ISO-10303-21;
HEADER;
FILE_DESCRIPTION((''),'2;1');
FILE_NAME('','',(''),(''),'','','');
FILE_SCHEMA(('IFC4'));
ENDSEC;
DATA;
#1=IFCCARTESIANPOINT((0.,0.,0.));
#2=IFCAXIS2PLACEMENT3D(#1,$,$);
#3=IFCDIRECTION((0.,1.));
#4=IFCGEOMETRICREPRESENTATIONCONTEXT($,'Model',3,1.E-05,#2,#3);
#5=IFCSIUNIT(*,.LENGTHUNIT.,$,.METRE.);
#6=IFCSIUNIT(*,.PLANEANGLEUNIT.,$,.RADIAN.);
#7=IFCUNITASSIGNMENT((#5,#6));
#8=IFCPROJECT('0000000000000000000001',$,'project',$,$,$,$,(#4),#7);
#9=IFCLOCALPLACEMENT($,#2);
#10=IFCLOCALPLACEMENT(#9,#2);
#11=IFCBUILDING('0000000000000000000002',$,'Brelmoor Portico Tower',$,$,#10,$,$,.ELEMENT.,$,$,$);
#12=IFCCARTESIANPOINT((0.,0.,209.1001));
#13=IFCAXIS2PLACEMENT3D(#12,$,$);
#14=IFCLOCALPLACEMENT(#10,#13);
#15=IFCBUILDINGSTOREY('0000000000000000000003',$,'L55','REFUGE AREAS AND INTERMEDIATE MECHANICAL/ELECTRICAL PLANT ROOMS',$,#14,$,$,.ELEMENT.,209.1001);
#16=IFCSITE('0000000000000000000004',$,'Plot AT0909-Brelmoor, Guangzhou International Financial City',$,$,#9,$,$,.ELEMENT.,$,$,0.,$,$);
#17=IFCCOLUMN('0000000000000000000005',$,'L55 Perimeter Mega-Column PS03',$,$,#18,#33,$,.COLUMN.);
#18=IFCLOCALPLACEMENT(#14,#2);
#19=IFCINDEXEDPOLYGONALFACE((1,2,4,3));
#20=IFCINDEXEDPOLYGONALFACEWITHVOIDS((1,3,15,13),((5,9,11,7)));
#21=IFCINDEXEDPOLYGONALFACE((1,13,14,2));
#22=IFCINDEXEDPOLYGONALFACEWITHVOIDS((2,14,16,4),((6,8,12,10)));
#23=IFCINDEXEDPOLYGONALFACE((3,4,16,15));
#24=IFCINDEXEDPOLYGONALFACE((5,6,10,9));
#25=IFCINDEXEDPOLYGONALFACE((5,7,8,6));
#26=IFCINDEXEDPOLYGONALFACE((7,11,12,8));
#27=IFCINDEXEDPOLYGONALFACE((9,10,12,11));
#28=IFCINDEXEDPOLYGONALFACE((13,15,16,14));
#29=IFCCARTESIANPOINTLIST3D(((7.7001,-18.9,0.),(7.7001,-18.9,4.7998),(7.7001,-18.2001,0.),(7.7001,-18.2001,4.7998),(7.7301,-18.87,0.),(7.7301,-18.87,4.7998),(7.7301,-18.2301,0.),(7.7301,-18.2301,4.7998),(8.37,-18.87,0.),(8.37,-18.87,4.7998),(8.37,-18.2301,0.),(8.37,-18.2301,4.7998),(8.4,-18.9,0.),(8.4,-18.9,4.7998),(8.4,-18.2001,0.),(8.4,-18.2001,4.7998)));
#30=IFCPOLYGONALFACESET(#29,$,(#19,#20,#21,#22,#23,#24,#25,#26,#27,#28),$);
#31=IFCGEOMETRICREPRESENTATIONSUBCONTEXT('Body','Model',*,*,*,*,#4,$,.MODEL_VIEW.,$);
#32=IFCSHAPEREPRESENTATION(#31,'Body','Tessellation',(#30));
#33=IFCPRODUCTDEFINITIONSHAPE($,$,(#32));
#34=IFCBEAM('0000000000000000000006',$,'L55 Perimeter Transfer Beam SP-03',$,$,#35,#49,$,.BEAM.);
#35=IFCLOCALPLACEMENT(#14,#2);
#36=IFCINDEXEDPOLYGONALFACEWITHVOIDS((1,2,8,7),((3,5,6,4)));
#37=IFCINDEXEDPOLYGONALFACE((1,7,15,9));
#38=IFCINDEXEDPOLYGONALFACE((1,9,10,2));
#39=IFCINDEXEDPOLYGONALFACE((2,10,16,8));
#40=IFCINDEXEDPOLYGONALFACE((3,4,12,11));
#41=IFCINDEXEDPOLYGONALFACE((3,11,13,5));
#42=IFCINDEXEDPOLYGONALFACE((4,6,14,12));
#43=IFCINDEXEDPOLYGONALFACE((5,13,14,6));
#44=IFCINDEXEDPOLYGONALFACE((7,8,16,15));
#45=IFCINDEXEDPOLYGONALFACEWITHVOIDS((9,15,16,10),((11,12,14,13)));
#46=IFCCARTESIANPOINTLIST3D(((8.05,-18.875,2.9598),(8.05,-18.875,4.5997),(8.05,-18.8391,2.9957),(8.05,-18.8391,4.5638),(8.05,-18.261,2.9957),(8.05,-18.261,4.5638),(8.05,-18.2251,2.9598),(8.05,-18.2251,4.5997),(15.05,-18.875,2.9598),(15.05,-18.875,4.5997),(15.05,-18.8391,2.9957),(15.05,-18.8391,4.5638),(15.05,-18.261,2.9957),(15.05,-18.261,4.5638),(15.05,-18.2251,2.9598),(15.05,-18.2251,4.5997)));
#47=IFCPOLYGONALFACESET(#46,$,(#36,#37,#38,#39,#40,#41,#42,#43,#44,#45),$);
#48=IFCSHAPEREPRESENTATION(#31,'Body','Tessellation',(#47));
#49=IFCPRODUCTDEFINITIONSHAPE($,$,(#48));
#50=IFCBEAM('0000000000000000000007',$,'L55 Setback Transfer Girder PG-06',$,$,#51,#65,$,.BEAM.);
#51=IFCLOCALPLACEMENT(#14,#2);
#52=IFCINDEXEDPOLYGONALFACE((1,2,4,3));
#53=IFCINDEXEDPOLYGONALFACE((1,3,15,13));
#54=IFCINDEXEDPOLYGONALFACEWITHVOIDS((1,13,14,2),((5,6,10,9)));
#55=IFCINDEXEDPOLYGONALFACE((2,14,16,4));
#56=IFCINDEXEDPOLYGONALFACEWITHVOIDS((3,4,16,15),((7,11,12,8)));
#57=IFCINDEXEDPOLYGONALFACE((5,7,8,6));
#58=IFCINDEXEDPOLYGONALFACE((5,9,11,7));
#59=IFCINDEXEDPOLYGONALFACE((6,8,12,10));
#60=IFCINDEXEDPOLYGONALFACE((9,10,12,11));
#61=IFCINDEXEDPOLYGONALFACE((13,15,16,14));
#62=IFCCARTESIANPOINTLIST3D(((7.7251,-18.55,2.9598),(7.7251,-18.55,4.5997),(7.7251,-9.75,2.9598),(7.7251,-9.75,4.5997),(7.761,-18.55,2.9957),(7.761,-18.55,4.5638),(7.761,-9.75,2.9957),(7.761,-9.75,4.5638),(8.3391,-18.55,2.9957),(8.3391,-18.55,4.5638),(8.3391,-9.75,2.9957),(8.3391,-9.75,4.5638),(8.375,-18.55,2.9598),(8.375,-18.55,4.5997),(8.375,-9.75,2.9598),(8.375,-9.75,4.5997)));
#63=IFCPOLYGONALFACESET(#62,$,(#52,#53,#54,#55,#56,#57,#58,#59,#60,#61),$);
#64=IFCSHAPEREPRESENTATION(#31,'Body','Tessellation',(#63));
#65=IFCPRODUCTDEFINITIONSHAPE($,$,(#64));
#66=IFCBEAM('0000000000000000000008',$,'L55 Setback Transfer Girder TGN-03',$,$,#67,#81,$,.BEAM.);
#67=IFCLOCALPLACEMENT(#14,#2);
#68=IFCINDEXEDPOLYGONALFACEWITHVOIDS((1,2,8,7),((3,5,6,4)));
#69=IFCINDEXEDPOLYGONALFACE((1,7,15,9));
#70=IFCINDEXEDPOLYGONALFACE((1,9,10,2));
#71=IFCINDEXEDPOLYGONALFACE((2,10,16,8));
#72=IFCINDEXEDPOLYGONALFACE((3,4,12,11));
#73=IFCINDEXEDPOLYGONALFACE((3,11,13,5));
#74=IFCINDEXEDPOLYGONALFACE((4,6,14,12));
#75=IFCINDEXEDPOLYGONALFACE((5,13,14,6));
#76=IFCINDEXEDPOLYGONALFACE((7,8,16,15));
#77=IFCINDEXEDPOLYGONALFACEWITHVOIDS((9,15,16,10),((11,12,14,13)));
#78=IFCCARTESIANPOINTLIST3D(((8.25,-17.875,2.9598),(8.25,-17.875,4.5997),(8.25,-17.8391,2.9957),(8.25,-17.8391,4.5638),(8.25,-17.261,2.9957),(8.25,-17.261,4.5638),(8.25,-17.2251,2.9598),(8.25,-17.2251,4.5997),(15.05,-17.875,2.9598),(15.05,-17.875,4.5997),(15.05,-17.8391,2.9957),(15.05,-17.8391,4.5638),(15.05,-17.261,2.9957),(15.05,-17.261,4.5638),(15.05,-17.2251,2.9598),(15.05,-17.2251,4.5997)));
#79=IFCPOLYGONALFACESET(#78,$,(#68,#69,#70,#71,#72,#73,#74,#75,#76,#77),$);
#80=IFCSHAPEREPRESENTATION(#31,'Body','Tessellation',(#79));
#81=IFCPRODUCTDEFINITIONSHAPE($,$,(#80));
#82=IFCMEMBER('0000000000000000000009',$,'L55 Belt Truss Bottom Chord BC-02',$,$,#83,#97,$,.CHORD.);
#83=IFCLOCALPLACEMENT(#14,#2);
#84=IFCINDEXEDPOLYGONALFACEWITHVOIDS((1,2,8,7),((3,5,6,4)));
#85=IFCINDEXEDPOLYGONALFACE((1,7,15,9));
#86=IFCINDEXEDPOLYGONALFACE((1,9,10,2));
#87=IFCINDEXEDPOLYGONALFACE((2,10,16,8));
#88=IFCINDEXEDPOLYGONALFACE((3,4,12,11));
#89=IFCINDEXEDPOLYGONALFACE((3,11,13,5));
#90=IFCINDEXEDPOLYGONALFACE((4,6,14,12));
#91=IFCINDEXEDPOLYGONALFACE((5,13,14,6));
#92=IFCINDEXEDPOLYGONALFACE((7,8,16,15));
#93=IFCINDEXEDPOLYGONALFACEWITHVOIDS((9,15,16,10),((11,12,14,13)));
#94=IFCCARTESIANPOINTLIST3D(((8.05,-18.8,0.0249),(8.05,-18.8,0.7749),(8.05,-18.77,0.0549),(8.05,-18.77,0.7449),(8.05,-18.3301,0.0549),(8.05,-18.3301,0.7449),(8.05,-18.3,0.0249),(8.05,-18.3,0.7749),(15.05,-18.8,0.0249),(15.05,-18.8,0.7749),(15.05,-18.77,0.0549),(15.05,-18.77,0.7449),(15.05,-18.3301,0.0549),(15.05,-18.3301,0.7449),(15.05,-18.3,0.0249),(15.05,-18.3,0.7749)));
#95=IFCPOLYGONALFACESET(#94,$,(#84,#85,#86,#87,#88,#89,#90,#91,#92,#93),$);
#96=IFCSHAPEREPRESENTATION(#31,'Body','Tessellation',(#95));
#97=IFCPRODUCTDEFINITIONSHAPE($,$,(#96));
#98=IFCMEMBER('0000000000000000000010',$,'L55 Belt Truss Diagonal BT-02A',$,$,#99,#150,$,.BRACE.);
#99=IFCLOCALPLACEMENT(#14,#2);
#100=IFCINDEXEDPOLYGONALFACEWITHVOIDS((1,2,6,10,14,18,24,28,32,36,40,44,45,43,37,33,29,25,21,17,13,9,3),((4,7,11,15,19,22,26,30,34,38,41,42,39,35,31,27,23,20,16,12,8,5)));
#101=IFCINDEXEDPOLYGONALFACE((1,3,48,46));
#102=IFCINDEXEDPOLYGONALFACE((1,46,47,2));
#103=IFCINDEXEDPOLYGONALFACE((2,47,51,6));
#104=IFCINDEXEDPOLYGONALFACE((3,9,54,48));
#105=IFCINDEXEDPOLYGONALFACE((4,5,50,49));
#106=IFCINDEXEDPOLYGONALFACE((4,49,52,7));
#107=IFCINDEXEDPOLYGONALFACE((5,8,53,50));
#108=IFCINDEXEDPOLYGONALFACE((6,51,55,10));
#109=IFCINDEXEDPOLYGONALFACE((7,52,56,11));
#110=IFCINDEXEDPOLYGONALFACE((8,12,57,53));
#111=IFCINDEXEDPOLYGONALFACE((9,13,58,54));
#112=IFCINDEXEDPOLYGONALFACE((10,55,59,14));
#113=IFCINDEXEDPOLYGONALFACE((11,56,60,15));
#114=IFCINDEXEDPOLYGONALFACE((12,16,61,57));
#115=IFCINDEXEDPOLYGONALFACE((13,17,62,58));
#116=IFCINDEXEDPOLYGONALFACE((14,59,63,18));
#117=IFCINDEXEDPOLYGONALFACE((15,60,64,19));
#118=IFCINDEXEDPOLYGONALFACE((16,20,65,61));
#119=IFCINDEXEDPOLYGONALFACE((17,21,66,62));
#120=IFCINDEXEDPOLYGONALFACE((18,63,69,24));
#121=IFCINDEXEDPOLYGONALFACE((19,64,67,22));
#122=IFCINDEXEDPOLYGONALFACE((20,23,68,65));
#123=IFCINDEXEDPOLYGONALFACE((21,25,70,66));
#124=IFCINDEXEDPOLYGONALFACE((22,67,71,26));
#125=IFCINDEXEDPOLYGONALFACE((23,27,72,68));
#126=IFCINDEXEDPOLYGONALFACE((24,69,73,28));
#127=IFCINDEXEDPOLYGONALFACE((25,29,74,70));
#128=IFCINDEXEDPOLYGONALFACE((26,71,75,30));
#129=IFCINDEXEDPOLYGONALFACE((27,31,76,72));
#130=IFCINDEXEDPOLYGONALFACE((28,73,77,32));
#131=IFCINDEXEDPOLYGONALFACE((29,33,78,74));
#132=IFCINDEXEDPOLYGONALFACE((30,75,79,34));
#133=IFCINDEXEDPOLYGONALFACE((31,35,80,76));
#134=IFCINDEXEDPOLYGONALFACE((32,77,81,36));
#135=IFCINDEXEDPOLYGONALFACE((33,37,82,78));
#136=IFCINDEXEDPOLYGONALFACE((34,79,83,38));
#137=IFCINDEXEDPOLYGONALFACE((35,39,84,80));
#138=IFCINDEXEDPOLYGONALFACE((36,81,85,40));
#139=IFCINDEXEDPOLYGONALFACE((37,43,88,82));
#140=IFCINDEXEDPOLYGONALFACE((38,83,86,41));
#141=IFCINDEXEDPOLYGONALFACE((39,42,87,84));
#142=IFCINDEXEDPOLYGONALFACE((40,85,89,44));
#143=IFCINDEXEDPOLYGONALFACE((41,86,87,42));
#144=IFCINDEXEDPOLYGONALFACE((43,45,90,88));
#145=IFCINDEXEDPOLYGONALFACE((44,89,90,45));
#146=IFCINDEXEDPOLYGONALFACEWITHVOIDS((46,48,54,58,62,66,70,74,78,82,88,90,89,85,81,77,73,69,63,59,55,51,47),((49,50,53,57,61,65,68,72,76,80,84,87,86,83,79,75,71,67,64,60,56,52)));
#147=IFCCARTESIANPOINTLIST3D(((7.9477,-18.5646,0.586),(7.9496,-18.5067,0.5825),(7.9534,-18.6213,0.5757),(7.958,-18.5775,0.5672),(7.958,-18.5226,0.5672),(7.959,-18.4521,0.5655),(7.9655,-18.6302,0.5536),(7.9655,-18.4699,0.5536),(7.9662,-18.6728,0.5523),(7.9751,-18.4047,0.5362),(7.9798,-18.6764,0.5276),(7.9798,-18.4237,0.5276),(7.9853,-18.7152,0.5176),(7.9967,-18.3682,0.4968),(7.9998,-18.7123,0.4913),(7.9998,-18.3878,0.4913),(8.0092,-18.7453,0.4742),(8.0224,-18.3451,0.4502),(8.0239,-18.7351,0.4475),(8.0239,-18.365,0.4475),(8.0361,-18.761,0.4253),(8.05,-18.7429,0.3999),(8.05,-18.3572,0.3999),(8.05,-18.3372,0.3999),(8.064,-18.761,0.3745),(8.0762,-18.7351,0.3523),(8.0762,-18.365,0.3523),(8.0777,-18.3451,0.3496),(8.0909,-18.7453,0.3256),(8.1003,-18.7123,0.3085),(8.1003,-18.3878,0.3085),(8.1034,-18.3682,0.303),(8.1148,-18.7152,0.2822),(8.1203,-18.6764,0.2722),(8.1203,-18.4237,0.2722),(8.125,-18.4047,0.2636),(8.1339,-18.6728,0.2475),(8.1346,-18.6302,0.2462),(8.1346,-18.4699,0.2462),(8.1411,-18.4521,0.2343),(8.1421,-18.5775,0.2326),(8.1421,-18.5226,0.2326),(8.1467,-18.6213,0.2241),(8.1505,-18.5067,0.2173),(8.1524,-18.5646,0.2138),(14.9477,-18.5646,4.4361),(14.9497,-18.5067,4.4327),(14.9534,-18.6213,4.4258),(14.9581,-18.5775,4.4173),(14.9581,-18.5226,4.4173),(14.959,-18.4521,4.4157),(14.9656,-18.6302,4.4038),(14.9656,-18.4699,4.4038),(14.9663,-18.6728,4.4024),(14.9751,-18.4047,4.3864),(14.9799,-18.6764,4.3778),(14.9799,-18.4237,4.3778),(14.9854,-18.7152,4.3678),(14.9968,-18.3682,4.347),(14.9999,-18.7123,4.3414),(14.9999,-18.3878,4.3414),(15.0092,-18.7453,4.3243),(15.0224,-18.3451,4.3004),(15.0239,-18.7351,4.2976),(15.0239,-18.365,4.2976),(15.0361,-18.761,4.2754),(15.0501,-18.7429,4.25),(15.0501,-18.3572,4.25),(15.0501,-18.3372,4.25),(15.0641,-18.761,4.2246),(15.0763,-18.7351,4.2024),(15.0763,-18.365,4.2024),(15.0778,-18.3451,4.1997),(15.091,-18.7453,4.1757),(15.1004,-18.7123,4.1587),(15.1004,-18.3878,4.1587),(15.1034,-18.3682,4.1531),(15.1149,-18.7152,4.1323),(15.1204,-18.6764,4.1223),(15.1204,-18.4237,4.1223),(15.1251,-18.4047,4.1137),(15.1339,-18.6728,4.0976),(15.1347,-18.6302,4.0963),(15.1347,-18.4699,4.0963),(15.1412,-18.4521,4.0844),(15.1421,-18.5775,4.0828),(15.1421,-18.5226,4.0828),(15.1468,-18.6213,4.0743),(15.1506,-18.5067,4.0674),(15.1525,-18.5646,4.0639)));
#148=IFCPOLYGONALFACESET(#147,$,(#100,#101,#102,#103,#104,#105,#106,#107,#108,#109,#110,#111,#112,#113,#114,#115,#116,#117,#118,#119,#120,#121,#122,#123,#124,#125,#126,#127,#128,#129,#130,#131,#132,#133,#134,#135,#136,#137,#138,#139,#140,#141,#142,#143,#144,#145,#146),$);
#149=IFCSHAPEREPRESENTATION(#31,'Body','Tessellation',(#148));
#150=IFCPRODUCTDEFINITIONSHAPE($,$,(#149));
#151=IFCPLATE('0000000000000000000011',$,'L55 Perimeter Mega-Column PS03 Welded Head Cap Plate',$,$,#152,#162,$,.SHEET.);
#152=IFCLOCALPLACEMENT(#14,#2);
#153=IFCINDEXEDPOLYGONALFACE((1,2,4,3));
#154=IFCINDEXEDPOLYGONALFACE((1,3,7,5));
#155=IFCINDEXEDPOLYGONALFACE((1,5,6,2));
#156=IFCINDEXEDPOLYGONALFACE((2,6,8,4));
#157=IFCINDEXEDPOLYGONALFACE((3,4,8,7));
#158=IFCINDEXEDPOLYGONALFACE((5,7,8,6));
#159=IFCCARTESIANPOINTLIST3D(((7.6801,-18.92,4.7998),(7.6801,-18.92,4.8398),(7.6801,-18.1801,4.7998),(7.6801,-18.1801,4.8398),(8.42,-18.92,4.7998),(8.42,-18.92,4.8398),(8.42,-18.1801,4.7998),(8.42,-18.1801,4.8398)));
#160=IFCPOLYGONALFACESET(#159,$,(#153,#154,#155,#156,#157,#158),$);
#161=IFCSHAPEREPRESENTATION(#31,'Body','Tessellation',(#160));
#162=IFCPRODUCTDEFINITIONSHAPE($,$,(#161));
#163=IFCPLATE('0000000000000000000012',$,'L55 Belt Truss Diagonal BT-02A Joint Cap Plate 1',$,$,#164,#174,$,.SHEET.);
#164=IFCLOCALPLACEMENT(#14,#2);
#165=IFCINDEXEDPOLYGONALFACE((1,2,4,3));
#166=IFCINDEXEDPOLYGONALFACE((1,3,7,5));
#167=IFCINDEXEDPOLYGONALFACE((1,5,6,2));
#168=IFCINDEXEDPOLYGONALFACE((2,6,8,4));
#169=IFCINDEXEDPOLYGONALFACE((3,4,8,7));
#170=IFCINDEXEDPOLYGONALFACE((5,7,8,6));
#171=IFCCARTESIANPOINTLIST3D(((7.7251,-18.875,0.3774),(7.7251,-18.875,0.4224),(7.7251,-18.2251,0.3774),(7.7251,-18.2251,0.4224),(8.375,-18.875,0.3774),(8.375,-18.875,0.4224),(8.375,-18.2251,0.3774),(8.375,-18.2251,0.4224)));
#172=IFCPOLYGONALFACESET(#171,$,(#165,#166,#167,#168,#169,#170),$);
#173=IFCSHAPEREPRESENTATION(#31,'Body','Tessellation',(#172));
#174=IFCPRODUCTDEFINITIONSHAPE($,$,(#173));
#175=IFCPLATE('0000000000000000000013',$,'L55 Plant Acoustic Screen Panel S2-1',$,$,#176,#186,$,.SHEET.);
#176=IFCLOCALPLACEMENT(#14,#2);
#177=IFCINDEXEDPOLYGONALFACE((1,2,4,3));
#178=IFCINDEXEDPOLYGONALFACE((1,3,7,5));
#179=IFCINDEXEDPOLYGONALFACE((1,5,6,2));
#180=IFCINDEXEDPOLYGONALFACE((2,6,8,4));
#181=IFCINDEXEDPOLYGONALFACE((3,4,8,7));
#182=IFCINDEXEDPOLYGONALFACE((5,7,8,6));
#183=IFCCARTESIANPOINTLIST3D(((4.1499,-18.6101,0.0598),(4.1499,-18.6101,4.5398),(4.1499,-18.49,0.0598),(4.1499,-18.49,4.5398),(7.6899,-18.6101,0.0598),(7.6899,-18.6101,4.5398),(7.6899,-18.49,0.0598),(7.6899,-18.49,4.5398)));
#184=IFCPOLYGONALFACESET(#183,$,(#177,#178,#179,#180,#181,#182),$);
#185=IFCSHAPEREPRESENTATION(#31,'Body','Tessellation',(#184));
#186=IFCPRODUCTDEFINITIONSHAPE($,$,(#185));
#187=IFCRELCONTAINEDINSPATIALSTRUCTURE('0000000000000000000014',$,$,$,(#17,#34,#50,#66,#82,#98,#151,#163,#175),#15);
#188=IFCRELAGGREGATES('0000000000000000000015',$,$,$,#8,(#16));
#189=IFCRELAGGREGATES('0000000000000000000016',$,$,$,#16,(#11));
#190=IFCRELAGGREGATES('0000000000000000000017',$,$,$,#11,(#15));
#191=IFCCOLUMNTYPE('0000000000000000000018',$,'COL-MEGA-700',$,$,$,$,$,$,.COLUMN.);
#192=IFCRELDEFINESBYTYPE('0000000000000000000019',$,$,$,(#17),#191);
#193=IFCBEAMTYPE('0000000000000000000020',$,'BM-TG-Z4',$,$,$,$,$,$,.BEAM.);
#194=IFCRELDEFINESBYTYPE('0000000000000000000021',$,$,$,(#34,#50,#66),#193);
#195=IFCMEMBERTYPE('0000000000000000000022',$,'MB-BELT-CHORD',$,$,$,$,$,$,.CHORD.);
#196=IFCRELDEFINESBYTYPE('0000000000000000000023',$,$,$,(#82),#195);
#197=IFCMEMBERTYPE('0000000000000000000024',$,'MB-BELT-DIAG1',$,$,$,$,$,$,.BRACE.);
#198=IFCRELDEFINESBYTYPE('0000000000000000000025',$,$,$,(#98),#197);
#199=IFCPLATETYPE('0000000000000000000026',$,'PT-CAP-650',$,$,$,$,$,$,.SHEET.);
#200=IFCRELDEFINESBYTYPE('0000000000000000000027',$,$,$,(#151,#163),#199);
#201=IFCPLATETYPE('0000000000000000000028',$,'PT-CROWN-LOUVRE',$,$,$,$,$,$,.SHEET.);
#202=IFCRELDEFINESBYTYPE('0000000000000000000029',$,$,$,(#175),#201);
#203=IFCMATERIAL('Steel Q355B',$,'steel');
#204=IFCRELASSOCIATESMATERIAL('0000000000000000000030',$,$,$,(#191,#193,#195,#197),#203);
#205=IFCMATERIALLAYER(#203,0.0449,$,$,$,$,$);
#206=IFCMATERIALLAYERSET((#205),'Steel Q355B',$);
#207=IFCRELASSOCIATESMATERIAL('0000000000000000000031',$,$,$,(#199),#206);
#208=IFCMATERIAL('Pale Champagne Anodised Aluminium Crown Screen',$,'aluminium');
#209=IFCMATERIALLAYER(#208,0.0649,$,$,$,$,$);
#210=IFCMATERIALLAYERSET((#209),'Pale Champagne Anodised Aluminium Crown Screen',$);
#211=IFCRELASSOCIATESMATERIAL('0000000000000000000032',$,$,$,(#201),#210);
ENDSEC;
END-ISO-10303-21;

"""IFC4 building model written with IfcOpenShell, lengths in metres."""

from ifc_helpers import new_model, si_unit, direction, frame, origin, origin_2d, place, context, subcontext, project, spatial, rectangle, hollow_rectangle, hollow_circle, extrude, material, layer, layer_set, material_profile, profile_set, type_object, element, save


model = new_model("IFC4")

# Units and contexts
model_context = context("Model", 3, precision=1e-05, world=origin(), true_north=direction((0.0, 1.0)))
body_context = subcontext(model_context, "Body", "Model", "MODEL_VIEW")
ifc_project = project(units=[si_unit("LENGTHUNIT", "METRE"), si_unit("PLANEANGLEUNIT", "RADIAN")], contexts=[model_context])

# Site, building, storey
site_placement = place(None, origin())
site = spatial("IfcSite", under=ifc_project, at=site_placement, Name="Plot AT0909-Brelmoor, Guangzhou International Financial City", CompositionType="ELEMENT", RefElevation=0.0)
building_placement = place(site_placement, origin())
building = spatial("IfcBuilding", under=site, at=building_placement, Name="Brelmoor Portico Tower", CompositionType="ELEMENT")
storey_placement = place(building_placement, frame((0.0, 0.0, 209.1001)))
storey = spatial("IfcBuildingStorey", under=building, at=storey_placement, Name="L55", Description="REFUGE AREAS AND INTERMEDIATE MECHANICAL/ELECTRICAL PLANT ROOMS", CompositionType="ELEMENT", Elevation=209.1001)

# Column
ifc_material_1 = material(Name="Steel Q355B", Category="steel")
ifc_material_profile_1 = material_profile(ifc_material_1, hollow_rectangle(XDim=0.7, YDim=0.7, WallThickness=0.03, at=origin_2d()), Name="BOX 700x700x30")
ifc_profile_set_1 = profile_set([ifc_material_profile_1], Name="Steel Q355B")
column_type = type_object("IfcColumnType", Name="COL-MEGA-700", PredefinedType="COLUMN", material=ifc_profile_set_1)
column_placement = place(storey_placement, frame((8.05, -18.55, 0.0), z_axis=(0.0, 0.0, 1.0), x_axis=(1.0, 0.0, 0.0)))
element("IfcColumn", 1, at=column_placement, inside=storey, type_object=column_type, Name="L55 Perimeter Mega-Column PS03", PredefinedType="COLUMN", context=body_context, shape_type="SweptSolid", body=[
    extrude(hollow_rectangle(XDim=0.7, YDim=0.7, WallThickness=0.03, at=origin_2d()), origin(), (0.0, 0.0, 1.0), 4.7998),
])

# Beams
ifc_material_profile_2 = material_profile(ifc_material_1, hollow_rectangle(XDim=0.6499, YDim=1.6399, WallThickness=0.0359, at=origin_2d()), Name="BOX 650x1640x36")
ifc_profile_set_2 = profile_set([ifc_material_profile_2], Name="Steel Q355B")
beam_type = type_object("IfcBeamType", Name="BM-TG-Z4", PredefinedType="BEAM", material=ifc_profile_set_2)
beam_1_placement = place(storey_placement, frame((8.05, -18.55, 3.7798), z_axis=(1.0, 0.0, 0.0), x_axis=(0.0, 1.0, 0.0)))
element("IfcBeam", 2, at=beam_1_placement, inside=storey, type_object=beam_type, Name="L55 Perimeter Transfer Beam SP-03", PredefinedType="BEAM", context=body_context, shape_type="SweptSolid", body=[
    extrude(hollow_rectangle(XDim=0.6499, YDim=1.6399, WallThickness=0.0359, at=origin_2d()), origin(), (0.0, 0.0, 1.0), 7.0),
])
beam_2_placement = place(storey_placement, frame((8.05, -18.55, 3.7798), z_axis=(0.0, 1.0, 0.0), x_axis=(-1.0, 0.0, 0.0)))
element("IfcBeam", 3, at=beam_2_placement, inside=storey, type_object=beam_type, Name="L55 Setback Transfer Girder PG-06", PredefinedType="BEAM", context=body_context, shape_type="SweptSolid", body=[
    extrude(hollow_rectangle(XDim=0.6499, YDim=1.6399, WallThickness=0.0359, at=origin_2d()), origin(), (0.0, 0.0, 1.0), 8.8),
])
beam_3_placement = place(storey_placement, frame((8.25, -17.55, 3.7798), z_axis=(1.0, 0.0, 0.0), x_axis=(0.0, 1.0, 0.0)))
element("IfcBeam", 4, at=beam_3_placement, inside=storey, type_object=beam_type, Name="L55 Setback Transfer Girder TGN-03", PredefinedType="BEAM", context=body_context, shape_type="SweptSolid", body=[
    extrude(hollow_rectangle(XDim=0.6499, YDim=1.6399, WallThickness=0.0359, at=origin_2d()), origin(), (0.0, 0.0, 1.0), 6.8),
])

# Members
ifc_material_profile_3 = material_profile(ifc_material_1, hollow_rectangle(XDim=0.5, YDim=0.75, WallThickness=0.03, at=origin_2d()), Name="RHS 500x750x30")
ifc_profile_set_3 = profile_set([ifc_material_profile_3], Name="Steel Q355B")
member_type_1 = type_object("IfcMemberType", Name="MB-BELT-CHORD", PredefinedType="CHORD", material=ifc_profile_set_3)
member_1_placement = place(storey_placement, frame((8.05, -18.55, 0.3999), z_axis=(1.0, 0.0, 0.0), x_axis=(0.0, 1.0, 0.0)))
element("IfcMember", 5, at=member_1_placement, inside=storey, type_object=member_type_1, Name="L55 Belt Truss Bottom Chord BC-02", PredefinedType="CHORD", context=body_context, shape_type="SweptSolid", body=[
    extrude(hollow_rectangle(XDim=0.5, YDim=0.75, WallThickness=0.03, at=origin_2d()), origin(), (0.0, 0.0, 1.0), 7.0),
])
ifc_material_profile_4 = material_profile(ifc_material_1, hollow_circle(Radius=0.2129, WallThickness=0.02, at=origin_2d()), Name="CHS 426x20")
ifc_profile_set_4 = profile_set([ifc_material_profile_4], Name="Steel Q355B")
member_type_2 = type_object("IfcMemberType", Name="MB-BELT-DIAG1", PredefinedType="BRACE", material=ifc_profile_set_4)
member_2_placement = place(storey_placement, frame((8.05, -18.55, 0.3999), z_axis=(0.876211, 0.0, 0.481928), x_axis=(0.0, 1.0, 0.0)))
element("IfcMember", 6, at=member_2_placement, inside=storey, type_object=member_type_2, Name="L55 Belt Truss Diagonal BT-02A", PredefinedType="BRACE", context=body_context, shape_type="SweptSolid", body=[
    extrude(hollow_circle(Radius=0.2129, WallThickness=0.02, at=origin_2d()), origin(), (0.0, 0.0, 1.0), 7.989),
])

# Plates
ifc_layer_1 = layer(ifc_material_1, 0.0449)
ifc_layer_set_1 = layer_set([ifc_layer_1], Name="Steel Q355B")
plate_type_1 = type_object("IfcPlateType", Name="PT-CAP-650", PredefinedType="SHEET", material=ifc_layer_set_1)
plate_1_placement = place(storey_placement, frame((8.05, -18.55, 4.7998), z_axis=(0.0, 0.0, 1.0), x_axis=(1.0, 0.0, 0.0)))
element("IfcPlate", 7, at=plate_1_placement, inside=storey, type_object=plate_type_1, Name="L55 Perimeter Mega-Column PS03 Welded Head Cap Plate", PredefinedType="SHEET", context=body_context, shape_type="SweptSolid", body=[
    extrude(rectangle(XDim=0.74, YDim=0.74, at=origin_2d()), origin(), (0.0, 0.0, 1.0), 0.04),
])
plate_2_placement = place(storey_placement, frame((8.05, -18.55, 0.3774), z_axis=(0.0, 0.0, 1.0), x_axis=(1.0, 0.0, 0.0)))
element("IfcPlate", 8, at=plate_2_placement, inside=storey, type_object=plate_type_1, Name="L55 Belt Truss Diagonal BT-02A Joint Cap Plate 1", PredefinedType="SHEET", context=body_context, shape_type="SweptSolid", body=[
    extrude(rectangle(XDim=0.6499, YDim=0.6499, at=origin_2d()), origin(), (0.0, 0.0, 1.0), 0.0449),
])
ifc_material_2 = material(Name="Pale Champagne Anodised Aluminium Crown Screen", Category="aluminium")
ifc_layer_2 = layer(ifc_material_2, 0.0649)
ifc_layer_set_2 = layer_set([ifc_layer_2], Name="Pale Champagne Anodised Aluminium Crown Screen")
plate_type_2 = type_object("IfcPlateType", Name="PT-CROWN-LOUVRE", PredefinedType="SHEET", material=ifc_layer_set_2)
plate_3_placement = place(storey_placement, frame((5.9199, -18.55, 0.0598), z_axis=(0.0, 0.0, 1.0), x_axis=(1.0, 0.0, 0.0)))
element("IfcPlate", 9, at=plate_3_placement, inside=storey, type_object=plate_type_2, Name="L55 Plant Acoustic Screen Panel S2-1", PredefinedType="SHEET", context=body_context, shape_type="SweptSolid", body=[
    extrude(rectangle(XDim=3.54, YDim=0.1201, at=origin_2d()), origin(), (0.0, 0.0, 1.0), 4.48),
])

save(model, "model.ifc")
